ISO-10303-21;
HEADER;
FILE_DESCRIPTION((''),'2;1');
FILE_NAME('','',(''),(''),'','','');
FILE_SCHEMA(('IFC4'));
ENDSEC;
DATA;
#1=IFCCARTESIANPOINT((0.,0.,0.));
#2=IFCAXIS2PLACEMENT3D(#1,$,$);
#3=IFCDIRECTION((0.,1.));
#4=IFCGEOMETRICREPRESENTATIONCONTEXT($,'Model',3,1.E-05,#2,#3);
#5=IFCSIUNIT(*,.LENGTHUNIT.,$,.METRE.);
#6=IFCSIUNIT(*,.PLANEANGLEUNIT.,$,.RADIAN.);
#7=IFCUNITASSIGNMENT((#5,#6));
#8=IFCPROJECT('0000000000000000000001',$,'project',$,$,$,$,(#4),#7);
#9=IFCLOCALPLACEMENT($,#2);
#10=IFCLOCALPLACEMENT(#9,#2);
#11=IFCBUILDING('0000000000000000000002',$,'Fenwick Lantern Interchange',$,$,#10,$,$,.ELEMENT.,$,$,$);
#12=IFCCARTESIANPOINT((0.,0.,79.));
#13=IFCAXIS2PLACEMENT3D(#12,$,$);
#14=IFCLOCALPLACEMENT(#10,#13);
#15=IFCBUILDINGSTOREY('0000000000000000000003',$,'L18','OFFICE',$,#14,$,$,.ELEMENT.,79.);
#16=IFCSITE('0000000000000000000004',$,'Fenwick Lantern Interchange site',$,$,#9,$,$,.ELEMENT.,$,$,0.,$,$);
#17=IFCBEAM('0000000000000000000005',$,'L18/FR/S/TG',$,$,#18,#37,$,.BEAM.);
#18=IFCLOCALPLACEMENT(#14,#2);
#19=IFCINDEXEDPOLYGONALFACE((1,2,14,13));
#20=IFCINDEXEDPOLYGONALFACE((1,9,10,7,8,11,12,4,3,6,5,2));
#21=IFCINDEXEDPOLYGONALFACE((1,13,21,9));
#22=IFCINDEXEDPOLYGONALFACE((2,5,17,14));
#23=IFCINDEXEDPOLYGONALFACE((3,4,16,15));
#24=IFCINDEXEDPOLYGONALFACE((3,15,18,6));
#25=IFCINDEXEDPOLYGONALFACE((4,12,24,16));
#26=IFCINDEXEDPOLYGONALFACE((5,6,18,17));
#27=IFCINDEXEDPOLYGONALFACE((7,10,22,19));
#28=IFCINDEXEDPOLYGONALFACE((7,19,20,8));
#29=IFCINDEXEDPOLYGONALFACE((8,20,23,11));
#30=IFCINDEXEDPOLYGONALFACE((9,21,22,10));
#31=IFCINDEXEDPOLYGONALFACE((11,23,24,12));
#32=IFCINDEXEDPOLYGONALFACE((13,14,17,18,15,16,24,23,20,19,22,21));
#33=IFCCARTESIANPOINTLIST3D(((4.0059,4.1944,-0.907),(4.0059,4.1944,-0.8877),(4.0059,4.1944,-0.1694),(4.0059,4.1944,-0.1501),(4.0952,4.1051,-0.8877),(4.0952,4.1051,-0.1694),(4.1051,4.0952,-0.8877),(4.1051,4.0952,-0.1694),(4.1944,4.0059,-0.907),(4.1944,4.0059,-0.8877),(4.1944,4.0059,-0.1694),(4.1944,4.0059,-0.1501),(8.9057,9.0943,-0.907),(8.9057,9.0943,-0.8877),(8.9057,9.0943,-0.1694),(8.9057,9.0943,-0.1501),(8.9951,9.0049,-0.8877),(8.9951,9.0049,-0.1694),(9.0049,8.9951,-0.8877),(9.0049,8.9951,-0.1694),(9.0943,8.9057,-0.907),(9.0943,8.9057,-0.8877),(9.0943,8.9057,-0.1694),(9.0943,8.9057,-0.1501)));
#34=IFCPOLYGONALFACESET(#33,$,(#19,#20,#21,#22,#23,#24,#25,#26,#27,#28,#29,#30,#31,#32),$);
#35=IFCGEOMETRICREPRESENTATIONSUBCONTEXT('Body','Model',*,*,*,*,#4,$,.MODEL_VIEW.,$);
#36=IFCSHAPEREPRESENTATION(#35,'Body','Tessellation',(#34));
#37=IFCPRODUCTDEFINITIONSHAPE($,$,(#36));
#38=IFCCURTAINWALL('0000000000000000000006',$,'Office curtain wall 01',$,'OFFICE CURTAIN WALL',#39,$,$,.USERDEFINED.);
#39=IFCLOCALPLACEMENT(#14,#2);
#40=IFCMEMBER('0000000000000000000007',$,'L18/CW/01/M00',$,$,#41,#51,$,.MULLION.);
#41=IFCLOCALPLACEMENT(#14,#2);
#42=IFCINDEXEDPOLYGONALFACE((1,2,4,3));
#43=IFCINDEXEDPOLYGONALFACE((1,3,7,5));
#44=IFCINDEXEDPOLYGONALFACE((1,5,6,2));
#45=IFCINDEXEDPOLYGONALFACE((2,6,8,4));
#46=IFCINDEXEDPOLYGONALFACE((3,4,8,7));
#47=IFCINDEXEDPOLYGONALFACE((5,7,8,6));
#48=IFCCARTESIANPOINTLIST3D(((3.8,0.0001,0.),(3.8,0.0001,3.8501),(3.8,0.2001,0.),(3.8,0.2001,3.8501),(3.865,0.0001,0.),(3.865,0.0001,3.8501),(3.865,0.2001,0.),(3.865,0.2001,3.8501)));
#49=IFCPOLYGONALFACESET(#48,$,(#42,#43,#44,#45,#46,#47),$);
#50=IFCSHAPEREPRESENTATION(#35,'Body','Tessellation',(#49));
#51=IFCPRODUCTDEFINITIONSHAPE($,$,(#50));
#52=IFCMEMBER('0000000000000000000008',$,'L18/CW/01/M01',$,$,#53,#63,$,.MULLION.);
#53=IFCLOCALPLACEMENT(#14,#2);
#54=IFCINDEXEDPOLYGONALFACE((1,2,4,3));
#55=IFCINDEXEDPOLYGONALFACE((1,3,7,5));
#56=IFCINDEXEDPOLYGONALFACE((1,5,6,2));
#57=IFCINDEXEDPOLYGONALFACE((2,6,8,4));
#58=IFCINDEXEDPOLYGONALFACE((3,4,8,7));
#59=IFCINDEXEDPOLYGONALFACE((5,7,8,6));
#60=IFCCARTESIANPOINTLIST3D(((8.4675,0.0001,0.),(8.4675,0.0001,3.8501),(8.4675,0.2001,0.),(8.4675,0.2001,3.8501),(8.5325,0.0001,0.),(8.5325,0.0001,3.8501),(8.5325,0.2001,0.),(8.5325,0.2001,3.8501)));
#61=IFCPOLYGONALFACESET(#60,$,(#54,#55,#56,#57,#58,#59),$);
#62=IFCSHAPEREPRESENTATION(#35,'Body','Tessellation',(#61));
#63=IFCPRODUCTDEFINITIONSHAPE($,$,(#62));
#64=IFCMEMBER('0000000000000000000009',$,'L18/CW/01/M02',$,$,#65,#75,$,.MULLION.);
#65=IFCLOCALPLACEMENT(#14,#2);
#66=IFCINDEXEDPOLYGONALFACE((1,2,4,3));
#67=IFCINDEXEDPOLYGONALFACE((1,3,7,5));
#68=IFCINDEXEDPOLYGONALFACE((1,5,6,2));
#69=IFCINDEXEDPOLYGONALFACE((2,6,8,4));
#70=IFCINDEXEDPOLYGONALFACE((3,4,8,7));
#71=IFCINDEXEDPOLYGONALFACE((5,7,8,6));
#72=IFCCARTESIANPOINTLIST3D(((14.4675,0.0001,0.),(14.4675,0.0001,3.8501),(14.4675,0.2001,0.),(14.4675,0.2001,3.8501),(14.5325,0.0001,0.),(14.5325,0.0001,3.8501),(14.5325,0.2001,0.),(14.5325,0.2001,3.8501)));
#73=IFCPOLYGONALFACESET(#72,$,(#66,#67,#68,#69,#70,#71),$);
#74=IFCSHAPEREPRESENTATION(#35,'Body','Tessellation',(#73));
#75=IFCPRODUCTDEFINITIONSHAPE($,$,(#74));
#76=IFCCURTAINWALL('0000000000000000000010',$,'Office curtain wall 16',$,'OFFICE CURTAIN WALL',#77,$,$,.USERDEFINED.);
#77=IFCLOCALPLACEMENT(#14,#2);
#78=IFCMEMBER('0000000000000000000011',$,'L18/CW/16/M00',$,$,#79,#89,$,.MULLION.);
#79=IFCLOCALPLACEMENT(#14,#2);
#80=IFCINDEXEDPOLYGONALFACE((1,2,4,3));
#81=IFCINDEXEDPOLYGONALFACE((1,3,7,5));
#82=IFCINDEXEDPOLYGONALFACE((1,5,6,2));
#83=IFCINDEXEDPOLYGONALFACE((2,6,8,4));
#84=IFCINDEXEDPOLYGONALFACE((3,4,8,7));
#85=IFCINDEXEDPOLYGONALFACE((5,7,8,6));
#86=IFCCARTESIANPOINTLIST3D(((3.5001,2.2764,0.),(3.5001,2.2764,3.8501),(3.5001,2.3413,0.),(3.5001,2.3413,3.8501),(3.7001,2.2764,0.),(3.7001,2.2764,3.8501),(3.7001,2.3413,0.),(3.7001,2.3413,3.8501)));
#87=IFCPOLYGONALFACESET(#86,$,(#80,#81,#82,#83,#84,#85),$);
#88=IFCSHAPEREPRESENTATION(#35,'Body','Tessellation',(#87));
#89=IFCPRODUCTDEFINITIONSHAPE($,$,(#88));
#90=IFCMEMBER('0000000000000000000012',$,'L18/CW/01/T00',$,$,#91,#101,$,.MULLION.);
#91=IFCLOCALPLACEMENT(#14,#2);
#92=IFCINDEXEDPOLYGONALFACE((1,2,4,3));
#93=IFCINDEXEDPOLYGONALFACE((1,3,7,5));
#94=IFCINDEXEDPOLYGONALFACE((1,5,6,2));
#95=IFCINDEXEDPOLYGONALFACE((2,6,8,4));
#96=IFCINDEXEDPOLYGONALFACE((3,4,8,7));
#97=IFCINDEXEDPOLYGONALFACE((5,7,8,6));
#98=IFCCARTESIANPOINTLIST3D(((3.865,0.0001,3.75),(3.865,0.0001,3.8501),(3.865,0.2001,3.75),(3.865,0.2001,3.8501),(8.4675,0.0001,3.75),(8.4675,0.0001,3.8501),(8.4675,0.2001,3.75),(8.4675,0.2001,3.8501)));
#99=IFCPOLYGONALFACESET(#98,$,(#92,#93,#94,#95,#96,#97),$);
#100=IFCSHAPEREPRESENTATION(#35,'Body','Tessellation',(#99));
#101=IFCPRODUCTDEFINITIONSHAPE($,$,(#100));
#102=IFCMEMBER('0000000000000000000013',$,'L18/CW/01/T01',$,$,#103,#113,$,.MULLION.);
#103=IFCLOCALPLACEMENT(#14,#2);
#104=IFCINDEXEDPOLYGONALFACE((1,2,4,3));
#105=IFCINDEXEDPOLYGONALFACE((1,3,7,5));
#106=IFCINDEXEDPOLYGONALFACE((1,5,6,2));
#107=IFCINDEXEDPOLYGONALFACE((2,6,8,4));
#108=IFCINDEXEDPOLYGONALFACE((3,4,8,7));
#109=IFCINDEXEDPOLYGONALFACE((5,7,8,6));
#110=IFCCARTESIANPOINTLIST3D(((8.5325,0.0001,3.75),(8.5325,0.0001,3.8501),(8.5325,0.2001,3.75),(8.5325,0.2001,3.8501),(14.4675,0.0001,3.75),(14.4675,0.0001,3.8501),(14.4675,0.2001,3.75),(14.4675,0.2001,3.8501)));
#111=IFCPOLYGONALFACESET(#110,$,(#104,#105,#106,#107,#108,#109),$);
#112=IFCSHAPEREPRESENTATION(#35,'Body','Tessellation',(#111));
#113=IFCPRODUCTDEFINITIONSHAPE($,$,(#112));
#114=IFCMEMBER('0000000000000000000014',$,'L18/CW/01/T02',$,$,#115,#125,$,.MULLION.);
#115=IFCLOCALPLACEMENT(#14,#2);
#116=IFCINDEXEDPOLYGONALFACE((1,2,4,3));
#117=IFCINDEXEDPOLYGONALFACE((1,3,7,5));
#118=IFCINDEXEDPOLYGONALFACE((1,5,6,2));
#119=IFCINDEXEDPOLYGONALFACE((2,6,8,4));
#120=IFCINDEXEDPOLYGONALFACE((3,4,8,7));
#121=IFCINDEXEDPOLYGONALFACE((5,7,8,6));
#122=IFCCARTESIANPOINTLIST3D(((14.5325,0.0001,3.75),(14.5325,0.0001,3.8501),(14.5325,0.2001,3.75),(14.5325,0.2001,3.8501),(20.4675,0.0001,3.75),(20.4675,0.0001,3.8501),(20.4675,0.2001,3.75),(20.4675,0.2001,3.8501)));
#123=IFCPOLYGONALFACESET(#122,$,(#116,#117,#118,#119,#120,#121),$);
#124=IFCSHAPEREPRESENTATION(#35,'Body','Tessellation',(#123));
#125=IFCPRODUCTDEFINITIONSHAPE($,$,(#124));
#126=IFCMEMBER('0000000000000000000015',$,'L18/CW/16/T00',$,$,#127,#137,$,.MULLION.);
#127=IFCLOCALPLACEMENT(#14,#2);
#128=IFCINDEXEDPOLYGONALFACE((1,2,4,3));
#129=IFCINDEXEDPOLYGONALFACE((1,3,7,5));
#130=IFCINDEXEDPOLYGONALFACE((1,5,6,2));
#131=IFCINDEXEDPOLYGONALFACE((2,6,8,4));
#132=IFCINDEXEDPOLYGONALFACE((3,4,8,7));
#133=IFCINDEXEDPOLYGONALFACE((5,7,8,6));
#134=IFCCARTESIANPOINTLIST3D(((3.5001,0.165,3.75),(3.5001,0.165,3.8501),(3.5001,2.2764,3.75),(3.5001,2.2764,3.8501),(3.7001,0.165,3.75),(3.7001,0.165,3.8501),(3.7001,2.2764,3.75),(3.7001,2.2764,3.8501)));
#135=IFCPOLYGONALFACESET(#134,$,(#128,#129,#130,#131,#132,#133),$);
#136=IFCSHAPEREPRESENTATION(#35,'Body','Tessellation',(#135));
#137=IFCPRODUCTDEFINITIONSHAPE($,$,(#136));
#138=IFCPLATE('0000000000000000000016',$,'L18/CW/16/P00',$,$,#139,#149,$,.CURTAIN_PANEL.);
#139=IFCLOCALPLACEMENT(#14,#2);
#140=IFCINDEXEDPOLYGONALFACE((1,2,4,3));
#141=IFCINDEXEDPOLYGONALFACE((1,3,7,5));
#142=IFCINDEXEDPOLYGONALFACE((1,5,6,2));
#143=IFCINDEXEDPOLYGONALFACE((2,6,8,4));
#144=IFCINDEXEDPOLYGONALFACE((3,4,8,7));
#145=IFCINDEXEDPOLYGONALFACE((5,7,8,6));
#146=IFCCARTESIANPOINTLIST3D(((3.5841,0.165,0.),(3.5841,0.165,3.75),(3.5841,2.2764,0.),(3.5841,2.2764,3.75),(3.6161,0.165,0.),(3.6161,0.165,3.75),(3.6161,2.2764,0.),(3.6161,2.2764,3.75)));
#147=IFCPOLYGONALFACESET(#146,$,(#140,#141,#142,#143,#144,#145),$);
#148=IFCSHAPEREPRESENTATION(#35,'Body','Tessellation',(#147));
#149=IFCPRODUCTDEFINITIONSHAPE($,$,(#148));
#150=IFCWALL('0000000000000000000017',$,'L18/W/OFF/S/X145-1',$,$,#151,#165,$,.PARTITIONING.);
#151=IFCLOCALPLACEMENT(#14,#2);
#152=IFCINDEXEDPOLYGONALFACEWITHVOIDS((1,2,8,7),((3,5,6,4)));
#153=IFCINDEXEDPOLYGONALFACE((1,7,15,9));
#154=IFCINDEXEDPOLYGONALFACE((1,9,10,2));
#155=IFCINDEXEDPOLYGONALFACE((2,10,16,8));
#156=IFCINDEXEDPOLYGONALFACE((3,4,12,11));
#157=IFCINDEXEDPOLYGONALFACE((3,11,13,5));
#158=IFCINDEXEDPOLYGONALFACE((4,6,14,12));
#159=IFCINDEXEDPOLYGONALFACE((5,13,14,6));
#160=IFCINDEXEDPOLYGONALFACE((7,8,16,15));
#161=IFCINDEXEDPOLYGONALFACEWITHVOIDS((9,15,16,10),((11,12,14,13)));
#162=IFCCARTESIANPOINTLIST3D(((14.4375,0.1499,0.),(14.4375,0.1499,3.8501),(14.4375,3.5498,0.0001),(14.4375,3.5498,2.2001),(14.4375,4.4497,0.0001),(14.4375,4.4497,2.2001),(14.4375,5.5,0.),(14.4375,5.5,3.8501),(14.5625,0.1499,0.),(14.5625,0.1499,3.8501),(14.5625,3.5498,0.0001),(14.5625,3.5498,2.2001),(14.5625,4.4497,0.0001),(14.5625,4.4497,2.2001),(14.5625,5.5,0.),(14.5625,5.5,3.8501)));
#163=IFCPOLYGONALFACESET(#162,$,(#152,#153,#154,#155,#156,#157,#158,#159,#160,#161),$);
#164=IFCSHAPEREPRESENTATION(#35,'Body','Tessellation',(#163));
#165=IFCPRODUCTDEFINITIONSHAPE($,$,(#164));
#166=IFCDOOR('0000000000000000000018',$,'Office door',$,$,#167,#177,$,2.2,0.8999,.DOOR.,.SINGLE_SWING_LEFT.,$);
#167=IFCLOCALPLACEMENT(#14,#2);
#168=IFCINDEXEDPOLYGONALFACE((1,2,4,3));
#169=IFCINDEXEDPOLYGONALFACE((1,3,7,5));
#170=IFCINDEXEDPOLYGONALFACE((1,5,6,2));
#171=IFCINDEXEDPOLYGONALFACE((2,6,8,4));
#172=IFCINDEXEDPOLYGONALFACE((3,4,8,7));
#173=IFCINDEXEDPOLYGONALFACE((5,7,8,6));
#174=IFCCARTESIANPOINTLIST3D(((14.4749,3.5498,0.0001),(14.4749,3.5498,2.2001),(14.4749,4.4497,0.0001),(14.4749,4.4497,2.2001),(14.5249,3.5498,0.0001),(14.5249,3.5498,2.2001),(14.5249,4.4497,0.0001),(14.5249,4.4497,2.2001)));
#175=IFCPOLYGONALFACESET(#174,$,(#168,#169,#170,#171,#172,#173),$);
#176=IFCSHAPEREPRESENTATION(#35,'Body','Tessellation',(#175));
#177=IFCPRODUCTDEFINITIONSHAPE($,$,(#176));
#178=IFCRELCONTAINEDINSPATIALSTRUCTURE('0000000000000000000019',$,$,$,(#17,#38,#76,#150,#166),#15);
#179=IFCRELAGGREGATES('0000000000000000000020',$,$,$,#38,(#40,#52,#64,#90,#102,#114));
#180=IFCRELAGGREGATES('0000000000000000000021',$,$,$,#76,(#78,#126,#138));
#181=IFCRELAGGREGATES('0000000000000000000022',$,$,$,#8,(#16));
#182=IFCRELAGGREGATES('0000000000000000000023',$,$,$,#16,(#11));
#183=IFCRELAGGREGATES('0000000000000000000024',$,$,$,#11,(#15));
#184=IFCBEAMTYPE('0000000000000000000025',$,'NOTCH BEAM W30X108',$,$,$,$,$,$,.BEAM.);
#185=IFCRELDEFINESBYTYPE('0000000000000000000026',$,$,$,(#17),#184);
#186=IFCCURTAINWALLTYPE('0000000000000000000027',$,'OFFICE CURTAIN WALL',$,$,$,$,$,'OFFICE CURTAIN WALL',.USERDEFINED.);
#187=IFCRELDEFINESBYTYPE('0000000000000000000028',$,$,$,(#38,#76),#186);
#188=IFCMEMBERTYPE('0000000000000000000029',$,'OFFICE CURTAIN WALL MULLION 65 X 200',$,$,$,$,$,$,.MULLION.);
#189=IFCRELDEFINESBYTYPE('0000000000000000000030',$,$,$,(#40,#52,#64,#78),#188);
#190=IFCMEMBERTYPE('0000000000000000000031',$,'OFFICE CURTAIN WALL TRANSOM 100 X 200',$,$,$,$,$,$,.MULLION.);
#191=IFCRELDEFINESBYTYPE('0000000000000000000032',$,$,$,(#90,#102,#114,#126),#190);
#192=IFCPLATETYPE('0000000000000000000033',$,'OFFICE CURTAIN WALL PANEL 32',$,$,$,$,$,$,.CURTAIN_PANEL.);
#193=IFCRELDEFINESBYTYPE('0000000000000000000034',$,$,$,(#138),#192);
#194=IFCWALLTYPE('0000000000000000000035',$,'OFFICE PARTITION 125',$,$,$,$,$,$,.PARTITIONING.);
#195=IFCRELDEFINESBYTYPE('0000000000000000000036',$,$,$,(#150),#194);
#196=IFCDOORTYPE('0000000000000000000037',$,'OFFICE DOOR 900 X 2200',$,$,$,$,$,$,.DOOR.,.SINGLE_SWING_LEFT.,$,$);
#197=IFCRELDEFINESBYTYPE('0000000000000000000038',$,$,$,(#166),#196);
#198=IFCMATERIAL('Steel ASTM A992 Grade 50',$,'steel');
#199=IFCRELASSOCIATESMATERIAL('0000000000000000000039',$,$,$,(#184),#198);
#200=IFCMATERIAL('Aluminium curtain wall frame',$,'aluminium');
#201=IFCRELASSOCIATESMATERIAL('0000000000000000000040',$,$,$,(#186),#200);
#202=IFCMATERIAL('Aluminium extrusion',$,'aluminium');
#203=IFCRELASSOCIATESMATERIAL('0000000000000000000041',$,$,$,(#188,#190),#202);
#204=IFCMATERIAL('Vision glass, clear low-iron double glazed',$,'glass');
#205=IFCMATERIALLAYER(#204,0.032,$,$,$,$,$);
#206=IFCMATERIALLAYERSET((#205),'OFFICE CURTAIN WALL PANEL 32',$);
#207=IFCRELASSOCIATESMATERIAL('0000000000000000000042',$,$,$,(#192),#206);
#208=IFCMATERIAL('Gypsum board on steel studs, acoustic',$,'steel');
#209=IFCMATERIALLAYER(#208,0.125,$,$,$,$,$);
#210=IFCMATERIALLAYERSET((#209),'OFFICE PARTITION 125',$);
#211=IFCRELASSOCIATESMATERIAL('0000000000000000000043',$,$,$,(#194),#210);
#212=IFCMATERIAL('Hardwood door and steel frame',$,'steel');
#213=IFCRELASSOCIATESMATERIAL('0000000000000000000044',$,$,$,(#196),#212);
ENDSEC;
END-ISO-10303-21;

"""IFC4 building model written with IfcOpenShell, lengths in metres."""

from ifc_helpers import new_model, si_unit, direction, frame, frame_2d, origin, origin_2d, place, context, subcontext, project, spatial, rectangle, i_section, extrude, material, layer, layer_set, material_profile, profile_set, type_object, element, fill, aggregate, save


model = new_model("IFC4")

# Units and contexts
model_context = context("Model", 3, precision=1e-05, world=origin(), true_north=direction((0.0, 1.0)))
body_context = subcontext(model_context, "Body", "Model", "MODEL_VIEW")
ifc_project = project(units=[si_unit("LENGTHUNIT", "METRE"), si_unit("PLANEANGLEUNIT", "RADIAN")], contexts=[model_context])

# Site, building, storey
site_placement = place(None, origin())
site = spatial("IfcSite", under=ifc_project, at=site_placement, Name="Fenwick Lantern Interchange site", CompositionType="ELEMENT", RefElevation=0.0)
building_placement = place(site_placement, origin())
building = spatial("IfcBuilding", under=site, at=building_placement, Name="Fenwick Lantern Interchange", CompositionType="ELEMENT")
storey_placement = place(building_placement, frame((0.0, 0.0, 79.0)))
storey = spatial("IfcBuildingStorey", under=building, at=storey_placement, Name="L18", Description="OFFICE", CompositionType="ELEMENT", Elevation=79.0)

# Shared definitions
ifc_material_1 = material(Name="Steel ASTM A992 Grade 50", Category="steel")

# Beam
ifc_material_profile_1 = material_profile(ifc_material_1, i_section(OverallWidth=0.2666, OverallDepth=0.7568, WebThickness=0.0139, FlangeThickness=0.0193, at=origin_2d()), Name="W30X108")
ifc_profile_set_1 = profile_set([ifc_material_profile_1], Name="Steel ASTM A992 Grade 50")
beam_type_1 = type_object("IfcBeamType", Name="NOTCH BEAM W30X108", PredefinedType="BEAM", material=ifc_profile_set_1)
beam_1_placement = place(storey_placement, frame((9.0, 9.0, -0.5286), z_axis=(-0.707107, -0.707107, 0.0), x_axis=(0.707107, -0.707107, 0.0)))
element("IfcBeam", 1, at=beam_1_placement, inside=storey, type_object=beam_type_1, Name="L18/FR/S/TG", PredefinedType="BEAM", context=body_context, shape_type="SweptSolid", body=[
    extrude(i_section(OverallWidth=0.2666, OverallDepth=0.7568, WebThickness=0.0139, FlangeThickness=0.0193, at=origin_2d()), origin(), (0.0, 0.0, 1.0), 6.9294),
])

# Curtain wall, members
ifc_material_2 = material(Name="Aluminium curtain wall frame", Category="aluminium")
curtain_wall_type = type_object("IfcCurtainWallType", Name="OFFICE CURTAIN WALL", ElementType="OFFICE CURTAIN WALL", PredefinedType="USERDEFINED", material=ifc_material_2)
curtain_wall_1_placement = place(storey_placement, origin())
curtain_wall_1 = element("IfcCurtainWall", 2, at=curtain_wall_1_placement, inside=storey, type_object=curtain_wall_type, Name="Office curtain wall 01", ObjectType="OFFICE CURTAIN WALL", PredefinedType="USERDEFINED")
ifc_material_3 = material(Name="Aluminium extrusion", Category="aluminium")
ifc_material_profile_2 = material_profile(ifc_material_3, rectangle(XDim=0.2, YDim=0.0649, at=origin_2d()), Name="OFFICE CURTAIN WALL MULLION 65 X 200")
ifc_profile_set_2 = profile_set([ifc_material_profile_2], Name="Aluminium extrusion")
member_type_1 = type_object("IfcMemberType", Name="OFFICE CURTAIN WALL MULLION 65 X 200", PredefinedType="MULLION", material=ifc_profile_set_2)
member_1_placement = place(storey_placement, frame((3.8325, 0.1001, 0.0), z_axis=(0.0, 0.0, 1.0), x_axis=(0.0, 1.0, 0.0)))
member_1 = element("IfcMember", 3, at=member_1_placement, type_object=member_type_1, Name="L18/CW/01/M00", PredefinedType="MULLION", context=body_context, shape_type="SweptSolid", body=[
    extrude(rectangle(XDim=0.2, YDim=0.0649, at=origin_2d()), origin(), (0.0, 0.0, 1.0), 3.8501),
])
member_2_placement = place(storey_placement, frame((8.5, 0.1001, 0.0), z_axis=(0.0, 0.0, 1.0), x_axis=(0.0, 1.0, 0.0)))
member_2 = element("IfcMember", 4, at=member_2_placement, type_object=member_type_1, Name="L18/CW/01/M01", PredefinedType="MULLION", context=body_context, shape_type="SweptSolid", body=[
    extrude(rectangle(XDim=0.2, YDim=0.0649, at=origin_2d()), origin(), (0.0, 0.0, 1.0), 3.8501),
])
member_3_placement = place(storey_placement, frame((14.5, 0.1001, 0.0), z_axis=(0.0, 0.0, 1.0), x_axis=(0.0, 1.0, 0.0)))
member_3 = element("IfcMember", 5, at=member_3_placement, type_object=member_type_1, Name="L18/CW/01/M02", PredefinedType="MULLION", context=body_context, shape_type="SweptSolid", body=[
    extrude(rectangle(XDim=0.2, YDim=0.0649, at=origin_2d()), origin(), (0.0, 0.0, 1.0), 3.8501),
])

# Curtain wall, member
curtain_wall_2_placement = place(storey_placement, origin())
curtain_wall_2 = element("IfcCurtainWall", 6, at=curtain_wall_2_placement, inside=storey, type_object=curtain_wall_type, Name="Office curtain wall 16", ObjectType="OFFICE CURTAIN WALL", PredefinedType="USERDEFINED")
member_4_placement = place(storey_placement, frame((3.6001, 2.3088, 0.0), z_axis=(0.0, 0.0, 1.0), x_axis=(1.0, 0.0, 0.0)))
member_4 = element("IfcMember", 7, at=member_4_placement, type_object=member_type_1, Name="L18/CW/16/M00", PredefinedType="MULLION", context=body_context, shape_type="SweptSolid", body=[
    extrude(rectangle(XDim=0.2, YDim=0.0649, at=origin_2d()), origin(), (0.0, 0.0, 1.0), 3.8501),
])

# Members
ifc_material_profile_3 = material_profile(ifc_material_3, rectangle(XDim=0.2, YDim=0.1001, at=origin_2d()), Name="OFFICE CURTAIN WALL TRANSOM 100 X 200")
ifc_profile_set_3 = profile_set([ifc_material_profile_3], Name="Aluminium extrusion")
member_type_2 = type_object("IfcMemberType", Name="OFFICE CURTAIN WALL TRANSOM 100 X 200", PredefinedType="MULLION", material=ifc_profile_set_3)
member_5_placement = place(storey_placement, frame((3.865, 0.1001, 3.8), z_axis=(1.0, 0.0, 0.0), x_axis=(0.0, 1.0, 0.0)))
member_5 = element("IfcMember", 8, at=member_5_placement, type_object=member_type_2, Name="L18/CW/01/T00", PredefinedType="MULLION", context=body_context, shape_type="SweptSolid", body=[
    extrude(rectangle(XDim=0.2, YDim=0.1001, at=origin_2d()), origin(), (0.0, 0.0, 1.0), 4.6025),
])
member_6_placement = place(storey_placement, frame((8.5325, 0.1001, 3.8), z_axis=(1.0, 0.0, 0.0), x_axis=(0.0, 1.0, 0.0)))
member_6 = element("IfcMember", 9, at=member_6_placement, type_object=member_type_2, Name="L18/CW/01/T01", PredefinedType="MULLION", context=body_context, shape_type="SweptSolid", body=[
    extrude(rectangle(XDim=0.2, YDim=0.1001, at=origin_2d()), origin(), (0.0, 0.0, 1.0), 5.9351),
])
member_7_placement = place(storey_placement, frame((14.5325, 0.1001, 3.8), z_axis=(1.0, 0.0, 0.0), x_axis=(0.0, 1.0, 0.0)))
member_7 = element("IfcMember", 10, at=member_7_placement, type_object=member_type_2, Name="L18/CW/01/T02", PredefinedType="MULLION", context=body_context, shape_type="SweptSolid", body=[
    extrude(rectangle(XDim=0.2, YDim=0.1001, at=origin_2d()), origin(), (0.0, 0.0, 1.0), 5.9351),
])
aggregate(curtain_wall_1, [member_1, member_2, member_3, member_5, member_6, member_7])
member_8_placement = place(storey_placement, frame((3.6001, 2.2764, 3.8), z_axis=(0.0, -1.0, 0.0), x_axis=(1.0, 0.0, 0.0)))
member_8 = element("IfcMember", 11, at=member_8_placement, type_object=member_type_2, Name="L18/CW/16/T00", PredefinedType="MULLION", context=body_context, shape_type="SweptSolid", body=[
    extrude(rectangle(XDim=0.2, YDim=0.1001, at=origin_2d()), origin(), (0.0, 0.0, 1.0), 2.1113),
])

# Plate
ifc_material_4 = material(Name="Vision glass, clear low-iron double glazed", Category="glass")
ifc_layer_1 = layer(ifc_material_4, 0.032)
ifc_layer_set_1 = layer_set([ifc_layer_1], Name="OFFICE CURTAIN WALL PANEL 32")
plate_type = type_object("IfcPlateType", Name="OFFICE CURTAIN WALL PANEL 32", PredefinedType="CURTAIN_PANEL", material=ifc_layer_set_1)
plate_placement = place(storey_placement, frame((3.6001, 1.2207, 0.0), z_axis=(0.0, 0.0, 1.0), x_axis=(0.0, -1.0, 0.0)))
plate = element("IfcPlate", 12, at=plate_placement, type_object=plate_type, Name="L18/CW/16/P00", PredefinedType="CURTAIN_PANEL", context=body_context, shape_type="SweptSolid", body=[
    extrude(rectangle(XDim=2.1113, YDim=0.032, at=origin_2d()), origin(), (0.0, 0.0, 1.0), 3.75),
])
aggregate(curtain_wall_2, [member_4, member_8, plate])

# Wall, opening, door
ifc_material_5 = material(Name="Gypsum board on steel studs, acoustic", Category="steel")
ifc_layer_2 = layer(ifc_material_5, 0.125)
ifc_layer_set_2 = layer_set([ifc_layer_2], Name="OFFICE PARTITION 125")
wall_type = type_object("IfcWallType", Name="OFFICE PARTITION 125", PredefinedType="PARTITIONING", material=ifc_layer_set_2)
wall_1_placement = place(storey_placement, frame((14.5, 0.1499, 0.0), z_axis=(0.0, 0.0, 1.0), x_axis=(0.0, 1.0, 0.0)))
wall_1 = element("IfcWall", 13, at=wall_1_placement, inside=storey, type_object=wall_type, Name="L18/W/OFF/S/X145-1", PredefinedType="PARTITIONING", context=body_context, shape_type="SweptSolid", body=[
    extrude(rectangle(XDim=5.3501, YDim=0.125, at=frame_2d((2.675, 0.0))), origin(), (0.0, 0.0, 1.0), 3.8501),
])
opening_1_placement = place(wall_1_placement, frame((3.3999, 0.0, 0.0)))
opening_1 = element("IfcOpeningElement", 14, at=opening_1_placement, cuts=wall_1, PredefinedType="OPENING", context=body_context, shape_type="SweptSolid", body=[
    extrude(rectangle(XDim=0.8999, YDim=2.2, at=frame_2d((0.45, 1.1001))), frame((0.0, 0.0725, 0.0), z_axis=(0.0, -1.0, 0.0), x_axis=(1.0, 0.0, 0.0)), (0.0, 0.0, 1.0), 0.145),
])
ifc_material_6 = material(Name="Hardwood door and steel frame", Category="steel")
door_type = type_object("IfcDoorType", Name="OFFICE DOOR 900 X 2200", OperationType="SINGLE_SWING_LEFT", PredefinedType="DOOR", material=ifc_material_6)
door_1_placement = place(opening_1_placement, frame((0.8999, 0.0, 0.0), z_axis=(0.0, 0.0, 1.0), x_axis=(-1.0, 0.0, 0.0)))
door_1 = element("IfcDoor", 15, at=door_1_placement, inside=storey, type_object=door_type, Name="Office door", OperationType="SINGLE_SWING_LEFT", OverallHeight=2.2, OverallWidth=0.8999, PredefinedType="DOOR", context=body_context, shape_type="SweptSolid", body=[
    extrude(rectangle(XDim=0.8999, YDim=2.2, at=frame_2d((0.45, 1.1001))), frame((0.0, 0.0249, 0.0), z_axis=(0.0, -1.0, 0.0), x_axis=(1.0, 0.0, 0.0)), (0.0, 0.0, 1.0), 0.05),
])
fill(opening_1, door_1)

save(model, "model.ifc")
